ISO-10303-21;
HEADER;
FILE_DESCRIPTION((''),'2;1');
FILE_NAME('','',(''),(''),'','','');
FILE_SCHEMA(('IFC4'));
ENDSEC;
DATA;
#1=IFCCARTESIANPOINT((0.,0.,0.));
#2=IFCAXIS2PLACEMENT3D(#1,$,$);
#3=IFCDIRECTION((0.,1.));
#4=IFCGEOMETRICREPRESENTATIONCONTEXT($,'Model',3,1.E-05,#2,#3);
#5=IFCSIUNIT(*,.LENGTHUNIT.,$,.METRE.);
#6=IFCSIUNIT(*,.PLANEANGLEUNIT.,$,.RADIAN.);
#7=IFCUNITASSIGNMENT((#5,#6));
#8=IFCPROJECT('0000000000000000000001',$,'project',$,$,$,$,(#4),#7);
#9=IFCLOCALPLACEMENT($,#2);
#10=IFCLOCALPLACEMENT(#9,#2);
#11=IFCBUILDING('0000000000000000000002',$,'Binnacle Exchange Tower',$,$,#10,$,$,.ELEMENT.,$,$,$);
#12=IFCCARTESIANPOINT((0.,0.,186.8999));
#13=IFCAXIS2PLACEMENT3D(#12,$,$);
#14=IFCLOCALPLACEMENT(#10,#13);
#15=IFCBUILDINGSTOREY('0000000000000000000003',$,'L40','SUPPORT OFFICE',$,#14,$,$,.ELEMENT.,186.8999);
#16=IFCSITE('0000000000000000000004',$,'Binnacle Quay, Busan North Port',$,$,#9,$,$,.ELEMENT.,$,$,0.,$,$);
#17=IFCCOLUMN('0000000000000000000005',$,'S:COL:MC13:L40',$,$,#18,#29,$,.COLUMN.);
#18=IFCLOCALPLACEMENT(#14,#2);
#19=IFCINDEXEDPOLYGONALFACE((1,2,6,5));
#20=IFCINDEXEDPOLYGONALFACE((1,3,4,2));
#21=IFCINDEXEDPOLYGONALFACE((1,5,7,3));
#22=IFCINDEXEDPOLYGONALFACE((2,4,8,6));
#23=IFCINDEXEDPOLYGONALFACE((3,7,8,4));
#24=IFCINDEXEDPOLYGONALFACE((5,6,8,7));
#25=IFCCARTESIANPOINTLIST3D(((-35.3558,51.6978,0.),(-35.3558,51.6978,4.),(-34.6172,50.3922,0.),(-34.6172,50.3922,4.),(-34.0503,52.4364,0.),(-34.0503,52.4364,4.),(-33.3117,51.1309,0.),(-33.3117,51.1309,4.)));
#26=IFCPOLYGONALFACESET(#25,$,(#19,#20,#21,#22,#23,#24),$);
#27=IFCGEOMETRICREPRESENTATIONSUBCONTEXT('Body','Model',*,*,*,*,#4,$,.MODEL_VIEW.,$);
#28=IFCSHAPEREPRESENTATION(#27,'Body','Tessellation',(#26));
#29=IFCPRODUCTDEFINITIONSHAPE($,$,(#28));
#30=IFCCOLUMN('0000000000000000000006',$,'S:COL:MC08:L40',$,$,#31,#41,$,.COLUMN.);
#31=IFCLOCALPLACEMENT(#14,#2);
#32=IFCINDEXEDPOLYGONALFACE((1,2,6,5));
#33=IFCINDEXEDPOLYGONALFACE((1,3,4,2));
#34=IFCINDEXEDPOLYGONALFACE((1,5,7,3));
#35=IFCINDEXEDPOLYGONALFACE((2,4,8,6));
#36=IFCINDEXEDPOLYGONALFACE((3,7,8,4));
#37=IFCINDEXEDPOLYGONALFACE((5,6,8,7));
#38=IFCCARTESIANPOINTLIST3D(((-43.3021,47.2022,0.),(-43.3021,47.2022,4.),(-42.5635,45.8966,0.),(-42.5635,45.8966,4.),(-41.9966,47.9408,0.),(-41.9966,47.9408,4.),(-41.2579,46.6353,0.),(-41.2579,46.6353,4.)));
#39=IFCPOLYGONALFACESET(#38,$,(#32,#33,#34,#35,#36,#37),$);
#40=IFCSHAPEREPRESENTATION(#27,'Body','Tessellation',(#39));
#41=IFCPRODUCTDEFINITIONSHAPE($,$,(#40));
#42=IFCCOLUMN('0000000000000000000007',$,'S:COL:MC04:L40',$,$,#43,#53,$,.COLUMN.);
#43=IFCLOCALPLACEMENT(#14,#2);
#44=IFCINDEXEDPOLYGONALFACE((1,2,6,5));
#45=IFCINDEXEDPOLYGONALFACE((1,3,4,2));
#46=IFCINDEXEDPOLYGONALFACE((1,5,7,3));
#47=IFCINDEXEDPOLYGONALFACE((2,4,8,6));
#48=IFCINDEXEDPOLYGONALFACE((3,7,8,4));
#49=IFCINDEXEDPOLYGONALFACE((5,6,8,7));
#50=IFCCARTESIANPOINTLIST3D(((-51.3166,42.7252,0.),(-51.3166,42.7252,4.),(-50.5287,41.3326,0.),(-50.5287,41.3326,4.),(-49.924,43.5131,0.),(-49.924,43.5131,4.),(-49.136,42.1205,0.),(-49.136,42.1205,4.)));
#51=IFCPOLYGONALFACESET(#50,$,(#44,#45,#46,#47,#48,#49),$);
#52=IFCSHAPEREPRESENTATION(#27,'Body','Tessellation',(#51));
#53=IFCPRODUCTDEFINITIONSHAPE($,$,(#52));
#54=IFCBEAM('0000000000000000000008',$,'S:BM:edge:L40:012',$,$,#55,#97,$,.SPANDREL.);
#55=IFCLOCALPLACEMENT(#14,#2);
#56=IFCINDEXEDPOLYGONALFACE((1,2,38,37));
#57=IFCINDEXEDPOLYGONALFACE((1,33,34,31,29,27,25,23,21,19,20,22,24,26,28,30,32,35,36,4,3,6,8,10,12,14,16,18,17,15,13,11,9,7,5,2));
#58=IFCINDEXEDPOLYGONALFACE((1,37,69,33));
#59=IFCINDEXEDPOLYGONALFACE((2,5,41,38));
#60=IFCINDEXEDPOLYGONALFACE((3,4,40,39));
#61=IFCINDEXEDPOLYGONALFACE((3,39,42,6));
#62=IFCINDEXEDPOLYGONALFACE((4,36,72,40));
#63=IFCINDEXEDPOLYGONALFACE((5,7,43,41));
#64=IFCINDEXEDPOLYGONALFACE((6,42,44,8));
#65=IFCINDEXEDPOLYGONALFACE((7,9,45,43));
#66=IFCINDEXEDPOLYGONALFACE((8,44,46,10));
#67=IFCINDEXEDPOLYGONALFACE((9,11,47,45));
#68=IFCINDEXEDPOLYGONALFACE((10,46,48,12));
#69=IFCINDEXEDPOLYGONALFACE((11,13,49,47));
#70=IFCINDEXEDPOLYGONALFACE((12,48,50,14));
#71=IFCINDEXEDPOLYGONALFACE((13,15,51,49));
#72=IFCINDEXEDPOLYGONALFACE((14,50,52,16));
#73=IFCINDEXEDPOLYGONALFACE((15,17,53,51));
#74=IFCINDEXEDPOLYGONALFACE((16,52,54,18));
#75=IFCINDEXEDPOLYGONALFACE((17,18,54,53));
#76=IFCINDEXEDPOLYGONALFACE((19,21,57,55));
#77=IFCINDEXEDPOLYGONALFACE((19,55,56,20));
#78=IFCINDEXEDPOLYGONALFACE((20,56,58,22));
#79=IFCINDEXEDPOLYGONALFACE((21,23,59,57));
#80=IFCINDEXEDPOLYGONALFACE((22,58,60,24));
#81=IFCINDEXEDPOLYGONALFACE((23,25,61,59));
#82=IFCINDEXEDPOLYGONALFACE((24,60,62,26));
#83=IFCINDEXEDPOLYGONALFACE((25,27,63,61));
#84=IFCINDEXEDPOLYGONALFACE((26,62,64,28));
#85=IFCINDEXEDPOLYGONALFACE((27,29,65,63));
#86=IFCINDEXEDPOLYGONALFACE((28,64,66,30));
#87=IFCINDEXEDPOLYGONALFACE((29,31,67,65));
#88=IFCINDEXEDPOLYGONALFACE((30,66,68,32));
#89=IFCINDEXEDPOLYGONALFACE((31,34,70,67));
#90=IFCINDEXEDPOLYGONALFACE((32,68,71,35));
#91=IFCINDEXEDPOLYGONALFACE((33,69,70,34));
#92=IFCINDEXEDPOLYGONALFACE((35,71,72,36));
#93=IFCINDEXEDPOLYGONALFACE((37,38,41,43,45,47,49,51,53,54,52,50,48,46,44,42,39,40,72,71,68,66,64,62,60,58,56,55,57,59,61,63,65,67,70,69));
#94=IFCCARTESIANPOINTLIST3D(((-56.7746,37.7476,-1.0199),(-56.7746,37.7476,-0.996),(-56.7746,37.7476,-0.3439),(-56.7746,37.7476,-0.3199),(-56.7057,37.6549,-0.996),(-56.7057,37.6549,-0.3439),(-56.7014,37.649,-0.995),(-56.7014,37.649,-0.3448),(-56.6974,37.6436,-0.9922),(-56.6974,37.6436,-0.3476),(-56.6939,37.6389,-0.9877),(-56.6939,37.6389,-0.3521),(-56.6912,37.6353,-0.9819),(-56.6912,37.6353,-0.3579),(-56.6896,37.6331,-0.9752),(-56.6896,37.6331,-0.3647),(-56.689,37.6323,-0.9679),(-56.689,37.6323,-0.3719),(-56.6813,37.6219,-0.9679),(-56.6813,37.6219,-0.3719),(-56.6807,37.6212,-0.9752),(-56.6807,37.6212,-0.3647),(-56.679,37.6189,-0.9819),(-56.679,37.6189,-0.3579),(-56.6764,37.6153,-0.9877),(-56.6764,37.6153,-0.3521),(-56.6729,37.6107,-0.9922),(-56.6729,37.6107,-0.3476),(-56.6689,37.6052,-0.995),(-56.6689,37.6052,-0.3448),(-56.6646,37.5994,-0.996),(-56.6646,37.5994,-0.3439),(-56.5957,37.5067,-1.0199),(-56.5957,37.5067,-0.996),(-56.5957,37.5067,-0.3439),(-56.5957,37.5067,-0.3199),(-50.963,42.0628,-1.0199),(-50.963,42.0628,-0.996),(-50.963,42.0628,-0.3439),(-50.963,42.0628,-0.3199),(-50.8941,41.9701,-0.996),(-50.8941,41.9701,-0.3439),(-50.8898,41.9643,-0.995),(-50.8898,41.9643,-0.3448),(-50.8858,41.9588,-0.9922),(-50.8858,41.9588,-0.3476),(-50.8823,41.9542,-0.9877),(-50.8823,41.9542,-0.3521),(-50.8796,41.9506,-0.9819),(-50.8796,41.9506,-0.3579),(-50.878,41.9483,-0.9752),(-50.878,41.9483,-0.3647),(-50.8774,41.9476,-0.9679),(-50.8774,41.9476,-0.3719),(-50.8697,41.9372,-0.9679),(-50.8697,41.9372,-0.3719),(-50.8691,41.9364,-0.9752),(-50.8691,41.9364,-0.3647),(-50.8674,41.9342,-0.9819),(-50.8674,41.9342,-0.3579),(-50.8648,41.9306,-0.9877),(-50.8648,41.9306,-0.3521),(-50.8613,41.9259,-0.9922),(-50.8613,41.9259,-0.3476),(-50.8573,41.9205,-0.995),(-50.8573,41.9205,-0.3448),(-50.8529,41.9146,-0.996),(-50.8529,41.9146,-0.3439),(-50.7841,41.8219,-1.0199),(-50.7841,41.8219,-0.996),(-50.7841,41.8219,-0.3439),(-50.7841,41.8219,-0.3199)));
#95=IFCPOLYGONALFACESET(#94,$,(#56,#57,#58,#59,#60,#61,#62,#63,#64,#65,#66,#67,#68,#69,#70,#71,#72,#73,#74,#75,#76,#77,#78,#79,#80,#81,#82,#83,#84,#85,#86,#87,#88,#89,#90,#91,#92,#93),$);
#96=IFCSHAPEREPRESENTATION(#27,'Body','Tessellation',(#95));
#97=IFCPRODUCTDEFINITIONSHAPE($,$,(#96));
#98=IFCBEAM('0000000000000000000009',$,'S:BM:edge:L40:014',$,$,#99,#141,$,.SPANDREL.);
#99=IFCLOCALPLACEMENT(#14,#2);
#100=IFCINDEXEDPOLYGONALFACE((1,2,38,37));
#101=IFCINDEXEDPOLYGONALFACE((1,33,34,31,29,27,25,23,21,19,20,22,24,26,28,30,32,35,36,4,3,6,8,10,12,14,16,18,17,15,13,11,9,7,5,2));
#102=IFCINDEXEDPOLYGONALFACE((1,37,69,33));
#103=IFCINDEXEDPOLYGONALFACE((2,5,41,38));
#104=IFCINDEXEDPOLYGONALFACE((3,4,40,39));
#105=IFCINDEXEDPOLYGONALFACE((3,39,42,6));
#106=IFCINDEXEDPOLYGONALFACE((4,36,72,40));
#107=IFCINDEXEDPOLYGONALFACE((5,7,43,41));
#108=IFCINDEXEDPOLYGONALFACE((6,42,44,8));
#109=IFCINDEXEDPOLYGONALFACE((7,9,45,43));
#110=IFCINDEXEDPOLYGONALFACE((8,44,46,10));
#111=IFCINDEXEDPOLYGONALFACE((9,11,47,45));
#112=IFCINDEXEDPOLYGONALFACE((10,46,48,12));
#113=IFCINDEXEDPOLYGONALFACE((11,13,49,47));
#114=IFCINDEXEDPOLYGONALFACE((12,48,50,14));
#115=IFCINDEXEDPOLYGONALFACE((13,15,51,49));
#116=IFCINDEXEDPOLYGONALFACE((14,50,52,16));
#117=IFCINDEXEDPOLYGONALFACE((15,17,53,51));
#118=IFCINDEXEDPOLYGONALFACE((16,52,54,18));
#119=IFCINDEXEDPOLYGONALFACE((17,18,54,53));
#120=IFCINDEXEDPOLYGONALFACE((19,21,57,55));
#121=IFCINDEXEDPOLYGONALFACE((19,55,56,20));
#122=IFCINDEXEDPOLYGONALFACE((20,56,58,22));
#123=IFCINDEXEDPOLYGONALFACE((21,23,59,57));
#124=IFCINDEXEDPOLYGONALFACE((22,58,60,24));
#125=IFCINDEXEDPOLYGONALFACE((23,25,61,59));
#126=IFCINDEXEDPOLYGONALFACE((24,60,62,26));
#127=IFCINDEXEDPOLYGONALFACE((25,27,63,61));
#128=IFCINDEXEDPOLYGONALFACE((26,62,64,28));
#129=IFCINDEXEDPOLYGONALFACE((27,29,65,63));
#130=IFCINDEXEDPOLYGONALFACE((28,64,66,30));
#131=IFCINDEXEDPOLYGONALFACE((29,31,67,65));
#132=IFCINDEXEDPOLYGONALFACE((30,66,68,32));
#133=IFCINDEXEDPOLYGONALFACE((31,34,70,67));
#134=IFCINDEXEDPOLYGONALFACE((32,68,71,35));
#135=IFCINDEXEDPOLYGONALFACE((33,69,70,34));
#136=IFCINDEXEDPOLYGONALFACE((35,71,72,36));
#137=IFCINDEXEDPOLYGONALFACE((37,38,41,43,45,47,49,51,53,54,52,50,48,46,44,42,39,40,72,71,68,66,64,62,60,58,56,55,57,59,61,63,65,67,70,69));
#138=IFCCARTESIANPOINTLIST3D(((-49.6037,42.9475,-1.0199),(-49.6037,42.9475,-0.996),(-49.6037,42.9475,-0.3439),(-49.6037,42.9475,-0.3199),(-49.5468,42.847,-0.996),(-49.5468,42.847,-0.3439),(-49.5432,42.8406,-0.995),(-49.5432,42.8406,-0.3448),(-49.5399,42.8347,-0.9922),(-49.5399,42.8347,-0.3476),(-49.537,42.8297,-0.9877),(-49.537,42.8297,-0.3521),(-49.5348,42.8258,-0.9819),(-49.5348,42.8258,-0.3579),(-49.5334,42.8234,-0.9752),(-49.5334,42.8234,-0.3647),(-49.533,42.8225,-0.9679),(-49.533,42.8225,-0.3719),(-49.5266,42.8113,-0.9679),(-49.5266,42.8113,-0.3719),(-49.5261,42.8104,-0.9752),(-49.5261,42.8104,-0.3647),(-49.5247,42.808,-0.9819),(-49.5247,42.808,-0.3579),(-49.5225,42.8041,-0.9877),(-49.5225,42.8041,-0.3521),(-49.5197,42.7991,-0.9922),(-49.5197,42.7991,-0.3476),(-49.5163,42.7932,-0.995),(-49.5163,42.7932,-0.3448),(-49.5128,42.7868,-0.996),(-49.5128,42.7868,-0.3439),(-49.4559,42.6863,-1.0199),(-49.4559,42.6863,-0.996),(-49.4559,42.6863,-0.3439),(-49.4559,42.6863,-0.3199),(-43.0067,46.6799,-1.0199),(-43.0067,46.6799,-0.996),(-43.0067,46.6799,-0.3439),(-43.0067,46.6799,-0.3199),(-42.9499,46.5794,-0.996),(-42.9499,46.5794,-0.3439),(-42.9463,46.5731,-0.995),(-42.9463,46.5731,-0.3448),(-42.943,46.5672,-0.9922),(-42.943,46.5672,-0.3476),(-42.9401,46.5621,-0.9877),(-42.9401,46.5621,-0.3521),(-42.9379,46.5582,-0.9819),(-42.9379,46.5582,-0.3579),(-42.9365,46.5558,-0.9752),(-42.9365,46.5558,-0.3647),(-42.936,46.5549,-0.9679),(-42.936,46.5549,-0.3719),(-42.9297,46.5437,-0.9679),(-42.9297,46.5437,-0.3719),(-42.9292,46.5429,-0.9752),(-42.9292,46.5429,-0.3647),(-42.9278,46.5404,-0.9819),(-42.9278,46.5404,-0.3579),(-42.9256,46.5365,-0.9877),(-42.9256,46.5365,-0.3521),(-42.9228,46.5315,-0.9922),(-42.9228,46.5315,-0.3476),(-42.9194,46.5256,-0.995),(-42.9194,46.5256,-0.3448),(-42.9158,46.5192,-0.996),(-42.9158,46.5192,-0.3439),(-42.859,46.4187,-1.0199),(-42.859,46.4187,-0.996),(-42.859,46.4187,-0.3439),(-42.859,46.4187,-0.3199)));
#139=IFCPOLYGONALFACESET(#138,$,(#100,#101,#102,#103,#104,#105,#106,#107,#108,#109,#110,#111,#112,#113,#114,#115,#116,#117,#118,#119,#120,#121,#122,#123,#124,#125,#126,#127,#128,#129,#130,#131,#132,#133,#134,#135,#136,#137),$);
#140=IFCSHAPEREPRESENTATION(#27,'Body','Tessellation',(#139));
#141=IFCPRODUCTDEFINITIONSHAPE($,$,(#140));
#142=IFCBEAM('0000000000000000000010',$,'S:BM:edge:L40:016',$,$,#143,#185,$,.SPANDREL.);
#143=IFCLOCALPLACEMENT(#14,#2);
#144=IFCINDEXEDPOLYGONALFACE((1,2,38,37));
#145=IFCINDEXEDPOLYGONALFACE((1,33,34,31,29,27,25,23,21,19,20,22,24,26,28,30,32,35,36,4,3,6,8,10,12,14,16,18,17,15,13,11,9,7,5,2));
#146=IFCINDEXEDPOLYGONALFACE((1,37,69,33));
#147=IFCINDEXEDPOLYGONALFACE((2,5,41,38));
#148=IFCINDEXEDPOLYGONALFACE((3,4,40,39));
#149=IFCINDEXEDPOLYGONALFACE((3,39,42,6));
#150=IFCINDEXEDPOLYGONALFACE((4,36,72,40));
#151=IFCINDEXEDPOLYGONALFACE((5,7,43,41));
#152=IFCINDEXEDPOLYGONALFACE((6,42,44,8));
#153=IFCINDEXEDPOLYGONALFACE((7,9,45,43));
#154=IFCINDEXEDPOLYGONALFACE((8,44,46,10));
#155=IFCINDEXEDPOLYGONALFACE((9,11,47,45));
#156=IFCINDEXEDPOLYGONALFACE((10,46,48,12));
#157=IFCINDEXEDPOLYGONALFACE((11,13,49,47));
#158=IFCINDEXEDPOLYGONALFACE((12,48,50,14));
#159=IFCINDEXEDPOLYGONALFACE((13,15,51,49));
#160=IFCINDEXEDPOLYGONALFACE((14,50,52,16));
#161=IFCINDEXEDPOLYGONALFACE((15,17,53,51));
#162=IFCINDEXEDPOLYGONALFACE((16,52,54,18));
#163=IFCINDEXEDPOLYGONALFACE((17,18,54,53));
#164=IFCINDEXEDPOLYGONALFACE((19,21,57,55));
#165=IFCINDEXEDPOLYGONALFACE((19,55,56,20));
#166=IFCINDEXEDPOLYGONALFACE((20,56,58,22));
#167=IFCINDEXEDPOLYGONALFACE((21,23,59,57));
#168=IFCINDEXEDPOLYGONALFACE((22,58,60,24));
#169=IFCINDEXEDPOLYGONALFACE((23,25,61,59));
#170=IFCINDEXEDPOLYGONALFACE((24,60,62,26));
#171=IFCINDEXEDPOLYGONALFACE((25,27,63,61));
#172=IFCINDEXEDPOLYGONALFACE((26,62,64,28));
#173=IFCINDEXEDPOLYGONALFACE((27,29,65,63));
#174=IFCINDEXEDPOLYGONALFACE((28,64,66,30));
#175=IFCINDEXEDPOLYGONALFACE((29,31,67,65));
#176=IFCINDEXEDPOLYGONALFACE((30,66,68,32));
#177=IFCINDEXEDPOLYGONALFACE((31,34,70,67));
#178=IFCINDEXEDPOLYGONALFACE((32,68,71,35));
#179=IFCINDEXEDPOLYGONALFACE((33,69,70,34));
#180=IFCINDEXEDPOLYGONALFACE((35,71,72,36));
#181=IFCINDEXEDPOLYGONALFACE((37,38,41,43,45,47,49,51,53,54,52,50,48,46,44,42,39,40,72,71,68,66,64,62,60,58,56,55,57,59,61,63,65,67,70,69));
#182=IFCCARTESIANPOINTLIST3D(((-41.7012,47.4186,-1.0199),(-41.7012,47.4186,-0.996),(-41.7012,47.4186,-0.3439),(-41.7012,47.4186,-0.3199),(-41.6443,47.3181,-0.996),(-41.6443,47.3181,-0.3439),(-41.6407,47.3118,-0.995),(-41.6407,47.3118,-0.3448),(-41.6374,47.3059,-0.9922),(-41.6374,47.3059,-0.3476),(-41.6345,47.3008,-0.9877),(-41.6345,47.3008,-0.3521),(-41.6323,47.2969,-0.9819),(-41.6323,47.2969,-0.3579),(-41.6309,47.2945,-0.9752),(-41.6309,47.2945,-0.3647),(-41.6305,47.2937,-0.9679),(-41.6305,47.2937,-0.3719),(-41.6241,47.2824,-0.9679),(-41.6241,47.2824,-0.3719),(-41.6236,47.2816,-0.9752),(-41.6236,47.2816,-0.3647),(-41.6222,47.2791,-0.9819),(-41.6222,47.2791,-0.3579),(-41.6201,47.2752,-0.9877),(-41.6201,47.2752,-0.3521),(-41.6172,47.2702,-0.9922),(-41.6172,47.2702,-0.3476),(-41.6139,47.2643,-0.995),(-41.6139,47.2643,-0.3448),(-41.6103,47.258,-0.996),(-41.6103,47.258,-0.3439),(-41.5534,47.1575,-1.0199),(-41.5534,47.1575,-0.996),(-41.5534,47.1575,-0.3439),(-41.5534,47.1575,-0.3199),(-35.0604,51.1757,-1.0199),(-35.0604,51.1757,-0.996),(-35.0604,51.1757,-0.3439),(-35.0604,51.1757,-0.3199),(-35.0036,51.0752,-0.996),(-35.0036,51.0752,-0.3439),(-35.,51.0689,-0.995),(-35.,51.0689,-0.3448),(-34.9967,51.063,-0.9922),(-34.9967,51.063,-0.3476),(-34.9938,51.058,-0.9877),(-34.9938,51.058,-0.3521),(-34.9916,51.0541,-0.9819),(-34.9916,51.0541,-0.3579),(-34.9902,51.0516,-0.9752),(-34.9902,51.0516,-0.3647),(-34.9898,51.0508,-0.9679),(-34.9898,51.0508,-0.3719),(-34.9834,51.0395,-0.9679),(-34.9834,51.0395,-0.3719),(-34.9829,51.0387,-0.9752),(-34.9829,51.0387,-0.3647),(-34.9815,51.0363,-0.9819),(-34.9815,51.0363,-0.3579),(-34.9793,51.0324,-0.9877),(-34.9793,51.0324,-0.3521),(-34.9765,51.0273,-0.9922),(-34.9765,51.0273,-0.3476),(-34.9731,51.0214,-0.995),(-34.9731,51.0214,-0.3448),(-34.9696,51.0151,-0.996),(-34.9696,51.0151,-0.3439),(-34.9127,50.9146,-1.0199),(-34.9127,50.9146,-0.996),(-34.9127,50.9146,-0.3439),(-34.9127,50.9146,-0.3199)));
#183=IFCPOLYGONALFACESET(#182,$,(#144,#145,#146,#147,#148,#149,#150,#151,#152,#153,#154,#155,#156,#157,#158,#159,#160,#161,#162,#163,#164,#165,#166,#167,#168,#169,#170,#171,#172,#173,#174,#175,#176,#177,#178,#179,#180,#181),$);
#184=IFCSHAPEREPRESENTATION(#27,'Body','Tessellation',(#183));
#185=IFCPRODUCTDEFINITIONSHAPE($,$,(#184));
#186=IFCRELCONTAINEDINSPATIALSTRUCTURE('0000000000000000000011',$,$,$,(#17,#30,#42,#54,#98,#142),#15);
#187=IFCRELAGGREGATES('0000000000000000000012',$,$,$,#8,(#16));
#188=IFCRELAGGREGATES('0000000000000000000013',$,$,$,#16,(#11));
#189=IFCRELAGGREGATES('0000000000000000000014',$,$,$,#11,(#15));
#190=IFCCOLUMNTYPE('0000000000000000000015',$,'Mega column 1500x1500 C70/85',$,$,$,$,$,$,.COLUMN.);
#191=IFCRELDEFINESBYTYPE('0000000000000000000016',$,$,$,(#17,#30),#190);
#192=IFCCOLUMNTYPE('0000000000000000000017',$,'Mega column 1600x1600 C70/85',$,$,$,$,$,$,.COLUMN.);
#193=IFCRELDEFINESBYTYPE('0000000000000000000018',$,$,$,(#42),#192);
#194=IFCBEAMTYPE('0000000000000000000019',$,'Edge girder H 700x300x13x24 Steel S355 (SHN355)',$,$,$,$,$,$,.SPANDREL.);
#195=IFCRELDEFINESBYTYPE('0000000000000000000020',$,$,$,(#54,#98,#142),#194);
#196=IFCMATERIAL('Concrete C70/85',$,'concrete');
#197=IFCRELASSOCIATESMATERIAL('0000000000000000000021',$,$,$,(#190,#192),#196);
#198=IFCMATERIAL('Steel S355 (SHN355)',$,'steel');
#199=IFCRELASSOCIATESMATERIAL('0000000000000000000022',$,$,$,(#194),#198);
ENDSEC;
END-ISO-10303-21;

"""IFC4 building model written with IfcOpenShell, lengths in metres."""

from ifc_helpers import new_model, si_unit, direction, frame, origin, origin_2d, place, context, subcontext, project, spatial, rectangle, i_section, extrude, material, material_profile, profile_set, type_object, element, save


model = new_model("IFC4")

# Units and contexts
model_context = context("Model", 3, precision=1e-05, world=origin(), true_north=direction((0.0, 1.0)))
body_context = subcontext(model_context, "Body", "Model", "MODEL_VIEW")
ifc_project = project(units=[si_unit("LENGTHUNIT", "METRE"), si_unit("PLANEANGLEUNIT", "RADIAN")], contexts=[model_context])

# Site, building, storey
site_placement = place(None, origin())
site = spatial("IfcSite", under=ifc_project, at=site_placement, Name="Binnacle Quay, Busan North Port", CompositionType="ELEMENT", RefElevation=0.0)
building_placement = place(site_placement, origin())
building = spatial("IfcBuilding", under=site, at=building_placement, Name="Binnacle Exchange Tower", CompositionType="ELEMENT")
storey_placement = place(building_placement, frame((0.0, 0.0, 186.8999)))
storey = spatial("IfcBuildingStorey", under=building, at=storey_placement, Name="L40", Description="SUPPORT OFFICE", CompositionType="ELEMENT", Elevation=186.8999)

# Columns
ifc_material_1 = material(Name="Concrete C70/85", Category="concrete")
ifc_material_profile_1 = material_profile(ifc_material_1, rectangle(XDim=1.5, YDim=1.5, at=origin_2d()), Name="Mega column 1500x1500 C70/85")
ifc_profile_set_1 = profile_set([ifc_material_profile_1], Name="Concrete C70/85")
column_type_1 = type_object("IfcColumnType", Name="Mega column 1500x1500 C70/85", PredefinedType="COLUMN", material=ifc_profile_set_1)
for number, where, z_axis, x_axis, name in (
    (1, (-34.3337, 51.4143, 0.0), (0.0, 0.0, 1.0), (-0.870356, -0.492424, 0.0), "S:COL:MC13:L40"),
    (2, (-42.28, 46.9187, 0.0), (0.0, 0.0, 1.0), (-0.870356, -0.492424, 0.0), "S:COL:MC08:L40"),
):
    element("IfcColumn", number, at=place(storey_placement, frame(where, z_axis=z_axis, x_axis=x_axis)), inside=storey, type_object=column_type_1, Name=name, PredefinedType="COLUMN", context=body_context, shape_type="SweptSolid", body=[
        extrude(rectangle(XDim=1.5, YDim=1.5, at=origin_2d()), origin(), (0.0, 0.0, 1.0), 4.0),
    ])
ifc_material_profile_2 = material_profile(ifc_material_1, rectangle(XDim=1.6001, YDim=1.6001, at=origin_2d()), Name="Mega column 1600x1600 C70/85")
ifc_profile_set_2 = profile_set([ifc_material_profile_2], Name="Concrete C70/85")
column_type_2 = type_object("IfcColumnType", Name="Mega column 1600x1600 C70/85", PredefinedType="COLUMN", material=ifc_profile_set_2)
column_placement = place(storey_placement, frame((-50.2263, 42.4229, 0.0), z_axis=(0.0, 0.0, 1.0), x_axis=(-0.870356, -0.492424, 0.0)))
element("IfcColumn", 3, at=column_placement, inside=storey, type_object=column_type_2, Name="S:COL:MC04:L40", PredefinedType="COLUMN", context=body_context, shape_type="SweptSolid", body=[
    extrude(rectangle(XDim=1.6001, YDim=1.6001, at=origin_2d()), origin(), (0.0, 0.0, 1.0), 4.0),
])

# Beams
ifc_material_2 = material(Name="Steel S355 (SHN355)", Category="steel")
ifc_material_profile_3 = material_profile(ifc_material_2, i_section(OverallWidth=0.3, OverallDepth=0.7, WebThickness=0.0129, FlangeThickness=0.0239, FilletRadius=0.0281, at=origin_2d()), Name="H 700x300x13x24")
ifc_profile_set_3 = profile_set([ifc_material_profile_3], Name="Steel S355 (SHN355)")
beam_type_1 = type_object("IfcBeamType", Name="Edge girder H 700x300x13x24 Steel S355 (SHN355)", PredefinedType="SPANDREL", material=ifc_profile_set_3)
beam_1_placement = place(storey_placement, frame((-50.8735, 41.9424, -0.6699), z_axis=(-0.802873, -0.596151, 0.0), x_axis=(0.596151, -0.802873, 0.0)))
element("IfcBeam", 4, at=beam_1_placement, inside=storey, type_object=beam_type_1, Name="S:BM:edge:L40:012", PredefinedType="SPANDREL", context=body_context, shape_type="SweptSolid", body=[
    extrude(i_section(OverallWidth=0.3, OverallDepth=0.7, WebThickness=0.0129, FlangeThickness=0.0239, FilletRadius=0.0281, at=origin_2d()), origin(), (0.0, 0.0, 1.0), 7.2385),
])
beam_2_placement = place(storey_placement, frame((-42.9329, 46.5493, -0.6699), z_axis=(-0.870352, -0.49243, 0.0), x_axis=(0.49243, -0.870352, 0.0)))
element("IfcBeam", 5, at=beam_2_placement, inside=storey, type_object=beam_type_1, Name="S:BM:edge:L40:014", PredefinedType="SPANDREL", context=body_context, shape_type="SweptSolid", body=[
    extrude(i_section(OverallWidth=0.3, OverallDepth=0.7, WebThickness=0.0129, FlangeThickness=0.0239, FilletRadius=0.0281, at=origin_2d()), origin(), (0.0, 0.0, 1.0), 7.5796),
])
beam_3_placement = place(storey_placement, frame((-34.9866, 51.0452, -0.6699), z_axis=(-0.870356, -0.492423, 0.0), x_axis=(0.492423, -0.870356, 0.0)))
element("IfcBeam", 6, at=beam_3_placement, inside=storey, type_object=beam_type_1, Name="S:BM:edge:L40:016", PredefinedType="SPANDREL", context=body_context, shape_type="SweptSolid", body=[
    extrude(i_section(OverallWidth=0.3, OverallDepth=0.7, WebThickness=0.0129, FlangeThickness=0.0239, FilletRadius=0.0281, at=origin_2d()), origin(), (0.0, 0.0, 1.0), 7.6299),
])

save(model, "model.ifc")
